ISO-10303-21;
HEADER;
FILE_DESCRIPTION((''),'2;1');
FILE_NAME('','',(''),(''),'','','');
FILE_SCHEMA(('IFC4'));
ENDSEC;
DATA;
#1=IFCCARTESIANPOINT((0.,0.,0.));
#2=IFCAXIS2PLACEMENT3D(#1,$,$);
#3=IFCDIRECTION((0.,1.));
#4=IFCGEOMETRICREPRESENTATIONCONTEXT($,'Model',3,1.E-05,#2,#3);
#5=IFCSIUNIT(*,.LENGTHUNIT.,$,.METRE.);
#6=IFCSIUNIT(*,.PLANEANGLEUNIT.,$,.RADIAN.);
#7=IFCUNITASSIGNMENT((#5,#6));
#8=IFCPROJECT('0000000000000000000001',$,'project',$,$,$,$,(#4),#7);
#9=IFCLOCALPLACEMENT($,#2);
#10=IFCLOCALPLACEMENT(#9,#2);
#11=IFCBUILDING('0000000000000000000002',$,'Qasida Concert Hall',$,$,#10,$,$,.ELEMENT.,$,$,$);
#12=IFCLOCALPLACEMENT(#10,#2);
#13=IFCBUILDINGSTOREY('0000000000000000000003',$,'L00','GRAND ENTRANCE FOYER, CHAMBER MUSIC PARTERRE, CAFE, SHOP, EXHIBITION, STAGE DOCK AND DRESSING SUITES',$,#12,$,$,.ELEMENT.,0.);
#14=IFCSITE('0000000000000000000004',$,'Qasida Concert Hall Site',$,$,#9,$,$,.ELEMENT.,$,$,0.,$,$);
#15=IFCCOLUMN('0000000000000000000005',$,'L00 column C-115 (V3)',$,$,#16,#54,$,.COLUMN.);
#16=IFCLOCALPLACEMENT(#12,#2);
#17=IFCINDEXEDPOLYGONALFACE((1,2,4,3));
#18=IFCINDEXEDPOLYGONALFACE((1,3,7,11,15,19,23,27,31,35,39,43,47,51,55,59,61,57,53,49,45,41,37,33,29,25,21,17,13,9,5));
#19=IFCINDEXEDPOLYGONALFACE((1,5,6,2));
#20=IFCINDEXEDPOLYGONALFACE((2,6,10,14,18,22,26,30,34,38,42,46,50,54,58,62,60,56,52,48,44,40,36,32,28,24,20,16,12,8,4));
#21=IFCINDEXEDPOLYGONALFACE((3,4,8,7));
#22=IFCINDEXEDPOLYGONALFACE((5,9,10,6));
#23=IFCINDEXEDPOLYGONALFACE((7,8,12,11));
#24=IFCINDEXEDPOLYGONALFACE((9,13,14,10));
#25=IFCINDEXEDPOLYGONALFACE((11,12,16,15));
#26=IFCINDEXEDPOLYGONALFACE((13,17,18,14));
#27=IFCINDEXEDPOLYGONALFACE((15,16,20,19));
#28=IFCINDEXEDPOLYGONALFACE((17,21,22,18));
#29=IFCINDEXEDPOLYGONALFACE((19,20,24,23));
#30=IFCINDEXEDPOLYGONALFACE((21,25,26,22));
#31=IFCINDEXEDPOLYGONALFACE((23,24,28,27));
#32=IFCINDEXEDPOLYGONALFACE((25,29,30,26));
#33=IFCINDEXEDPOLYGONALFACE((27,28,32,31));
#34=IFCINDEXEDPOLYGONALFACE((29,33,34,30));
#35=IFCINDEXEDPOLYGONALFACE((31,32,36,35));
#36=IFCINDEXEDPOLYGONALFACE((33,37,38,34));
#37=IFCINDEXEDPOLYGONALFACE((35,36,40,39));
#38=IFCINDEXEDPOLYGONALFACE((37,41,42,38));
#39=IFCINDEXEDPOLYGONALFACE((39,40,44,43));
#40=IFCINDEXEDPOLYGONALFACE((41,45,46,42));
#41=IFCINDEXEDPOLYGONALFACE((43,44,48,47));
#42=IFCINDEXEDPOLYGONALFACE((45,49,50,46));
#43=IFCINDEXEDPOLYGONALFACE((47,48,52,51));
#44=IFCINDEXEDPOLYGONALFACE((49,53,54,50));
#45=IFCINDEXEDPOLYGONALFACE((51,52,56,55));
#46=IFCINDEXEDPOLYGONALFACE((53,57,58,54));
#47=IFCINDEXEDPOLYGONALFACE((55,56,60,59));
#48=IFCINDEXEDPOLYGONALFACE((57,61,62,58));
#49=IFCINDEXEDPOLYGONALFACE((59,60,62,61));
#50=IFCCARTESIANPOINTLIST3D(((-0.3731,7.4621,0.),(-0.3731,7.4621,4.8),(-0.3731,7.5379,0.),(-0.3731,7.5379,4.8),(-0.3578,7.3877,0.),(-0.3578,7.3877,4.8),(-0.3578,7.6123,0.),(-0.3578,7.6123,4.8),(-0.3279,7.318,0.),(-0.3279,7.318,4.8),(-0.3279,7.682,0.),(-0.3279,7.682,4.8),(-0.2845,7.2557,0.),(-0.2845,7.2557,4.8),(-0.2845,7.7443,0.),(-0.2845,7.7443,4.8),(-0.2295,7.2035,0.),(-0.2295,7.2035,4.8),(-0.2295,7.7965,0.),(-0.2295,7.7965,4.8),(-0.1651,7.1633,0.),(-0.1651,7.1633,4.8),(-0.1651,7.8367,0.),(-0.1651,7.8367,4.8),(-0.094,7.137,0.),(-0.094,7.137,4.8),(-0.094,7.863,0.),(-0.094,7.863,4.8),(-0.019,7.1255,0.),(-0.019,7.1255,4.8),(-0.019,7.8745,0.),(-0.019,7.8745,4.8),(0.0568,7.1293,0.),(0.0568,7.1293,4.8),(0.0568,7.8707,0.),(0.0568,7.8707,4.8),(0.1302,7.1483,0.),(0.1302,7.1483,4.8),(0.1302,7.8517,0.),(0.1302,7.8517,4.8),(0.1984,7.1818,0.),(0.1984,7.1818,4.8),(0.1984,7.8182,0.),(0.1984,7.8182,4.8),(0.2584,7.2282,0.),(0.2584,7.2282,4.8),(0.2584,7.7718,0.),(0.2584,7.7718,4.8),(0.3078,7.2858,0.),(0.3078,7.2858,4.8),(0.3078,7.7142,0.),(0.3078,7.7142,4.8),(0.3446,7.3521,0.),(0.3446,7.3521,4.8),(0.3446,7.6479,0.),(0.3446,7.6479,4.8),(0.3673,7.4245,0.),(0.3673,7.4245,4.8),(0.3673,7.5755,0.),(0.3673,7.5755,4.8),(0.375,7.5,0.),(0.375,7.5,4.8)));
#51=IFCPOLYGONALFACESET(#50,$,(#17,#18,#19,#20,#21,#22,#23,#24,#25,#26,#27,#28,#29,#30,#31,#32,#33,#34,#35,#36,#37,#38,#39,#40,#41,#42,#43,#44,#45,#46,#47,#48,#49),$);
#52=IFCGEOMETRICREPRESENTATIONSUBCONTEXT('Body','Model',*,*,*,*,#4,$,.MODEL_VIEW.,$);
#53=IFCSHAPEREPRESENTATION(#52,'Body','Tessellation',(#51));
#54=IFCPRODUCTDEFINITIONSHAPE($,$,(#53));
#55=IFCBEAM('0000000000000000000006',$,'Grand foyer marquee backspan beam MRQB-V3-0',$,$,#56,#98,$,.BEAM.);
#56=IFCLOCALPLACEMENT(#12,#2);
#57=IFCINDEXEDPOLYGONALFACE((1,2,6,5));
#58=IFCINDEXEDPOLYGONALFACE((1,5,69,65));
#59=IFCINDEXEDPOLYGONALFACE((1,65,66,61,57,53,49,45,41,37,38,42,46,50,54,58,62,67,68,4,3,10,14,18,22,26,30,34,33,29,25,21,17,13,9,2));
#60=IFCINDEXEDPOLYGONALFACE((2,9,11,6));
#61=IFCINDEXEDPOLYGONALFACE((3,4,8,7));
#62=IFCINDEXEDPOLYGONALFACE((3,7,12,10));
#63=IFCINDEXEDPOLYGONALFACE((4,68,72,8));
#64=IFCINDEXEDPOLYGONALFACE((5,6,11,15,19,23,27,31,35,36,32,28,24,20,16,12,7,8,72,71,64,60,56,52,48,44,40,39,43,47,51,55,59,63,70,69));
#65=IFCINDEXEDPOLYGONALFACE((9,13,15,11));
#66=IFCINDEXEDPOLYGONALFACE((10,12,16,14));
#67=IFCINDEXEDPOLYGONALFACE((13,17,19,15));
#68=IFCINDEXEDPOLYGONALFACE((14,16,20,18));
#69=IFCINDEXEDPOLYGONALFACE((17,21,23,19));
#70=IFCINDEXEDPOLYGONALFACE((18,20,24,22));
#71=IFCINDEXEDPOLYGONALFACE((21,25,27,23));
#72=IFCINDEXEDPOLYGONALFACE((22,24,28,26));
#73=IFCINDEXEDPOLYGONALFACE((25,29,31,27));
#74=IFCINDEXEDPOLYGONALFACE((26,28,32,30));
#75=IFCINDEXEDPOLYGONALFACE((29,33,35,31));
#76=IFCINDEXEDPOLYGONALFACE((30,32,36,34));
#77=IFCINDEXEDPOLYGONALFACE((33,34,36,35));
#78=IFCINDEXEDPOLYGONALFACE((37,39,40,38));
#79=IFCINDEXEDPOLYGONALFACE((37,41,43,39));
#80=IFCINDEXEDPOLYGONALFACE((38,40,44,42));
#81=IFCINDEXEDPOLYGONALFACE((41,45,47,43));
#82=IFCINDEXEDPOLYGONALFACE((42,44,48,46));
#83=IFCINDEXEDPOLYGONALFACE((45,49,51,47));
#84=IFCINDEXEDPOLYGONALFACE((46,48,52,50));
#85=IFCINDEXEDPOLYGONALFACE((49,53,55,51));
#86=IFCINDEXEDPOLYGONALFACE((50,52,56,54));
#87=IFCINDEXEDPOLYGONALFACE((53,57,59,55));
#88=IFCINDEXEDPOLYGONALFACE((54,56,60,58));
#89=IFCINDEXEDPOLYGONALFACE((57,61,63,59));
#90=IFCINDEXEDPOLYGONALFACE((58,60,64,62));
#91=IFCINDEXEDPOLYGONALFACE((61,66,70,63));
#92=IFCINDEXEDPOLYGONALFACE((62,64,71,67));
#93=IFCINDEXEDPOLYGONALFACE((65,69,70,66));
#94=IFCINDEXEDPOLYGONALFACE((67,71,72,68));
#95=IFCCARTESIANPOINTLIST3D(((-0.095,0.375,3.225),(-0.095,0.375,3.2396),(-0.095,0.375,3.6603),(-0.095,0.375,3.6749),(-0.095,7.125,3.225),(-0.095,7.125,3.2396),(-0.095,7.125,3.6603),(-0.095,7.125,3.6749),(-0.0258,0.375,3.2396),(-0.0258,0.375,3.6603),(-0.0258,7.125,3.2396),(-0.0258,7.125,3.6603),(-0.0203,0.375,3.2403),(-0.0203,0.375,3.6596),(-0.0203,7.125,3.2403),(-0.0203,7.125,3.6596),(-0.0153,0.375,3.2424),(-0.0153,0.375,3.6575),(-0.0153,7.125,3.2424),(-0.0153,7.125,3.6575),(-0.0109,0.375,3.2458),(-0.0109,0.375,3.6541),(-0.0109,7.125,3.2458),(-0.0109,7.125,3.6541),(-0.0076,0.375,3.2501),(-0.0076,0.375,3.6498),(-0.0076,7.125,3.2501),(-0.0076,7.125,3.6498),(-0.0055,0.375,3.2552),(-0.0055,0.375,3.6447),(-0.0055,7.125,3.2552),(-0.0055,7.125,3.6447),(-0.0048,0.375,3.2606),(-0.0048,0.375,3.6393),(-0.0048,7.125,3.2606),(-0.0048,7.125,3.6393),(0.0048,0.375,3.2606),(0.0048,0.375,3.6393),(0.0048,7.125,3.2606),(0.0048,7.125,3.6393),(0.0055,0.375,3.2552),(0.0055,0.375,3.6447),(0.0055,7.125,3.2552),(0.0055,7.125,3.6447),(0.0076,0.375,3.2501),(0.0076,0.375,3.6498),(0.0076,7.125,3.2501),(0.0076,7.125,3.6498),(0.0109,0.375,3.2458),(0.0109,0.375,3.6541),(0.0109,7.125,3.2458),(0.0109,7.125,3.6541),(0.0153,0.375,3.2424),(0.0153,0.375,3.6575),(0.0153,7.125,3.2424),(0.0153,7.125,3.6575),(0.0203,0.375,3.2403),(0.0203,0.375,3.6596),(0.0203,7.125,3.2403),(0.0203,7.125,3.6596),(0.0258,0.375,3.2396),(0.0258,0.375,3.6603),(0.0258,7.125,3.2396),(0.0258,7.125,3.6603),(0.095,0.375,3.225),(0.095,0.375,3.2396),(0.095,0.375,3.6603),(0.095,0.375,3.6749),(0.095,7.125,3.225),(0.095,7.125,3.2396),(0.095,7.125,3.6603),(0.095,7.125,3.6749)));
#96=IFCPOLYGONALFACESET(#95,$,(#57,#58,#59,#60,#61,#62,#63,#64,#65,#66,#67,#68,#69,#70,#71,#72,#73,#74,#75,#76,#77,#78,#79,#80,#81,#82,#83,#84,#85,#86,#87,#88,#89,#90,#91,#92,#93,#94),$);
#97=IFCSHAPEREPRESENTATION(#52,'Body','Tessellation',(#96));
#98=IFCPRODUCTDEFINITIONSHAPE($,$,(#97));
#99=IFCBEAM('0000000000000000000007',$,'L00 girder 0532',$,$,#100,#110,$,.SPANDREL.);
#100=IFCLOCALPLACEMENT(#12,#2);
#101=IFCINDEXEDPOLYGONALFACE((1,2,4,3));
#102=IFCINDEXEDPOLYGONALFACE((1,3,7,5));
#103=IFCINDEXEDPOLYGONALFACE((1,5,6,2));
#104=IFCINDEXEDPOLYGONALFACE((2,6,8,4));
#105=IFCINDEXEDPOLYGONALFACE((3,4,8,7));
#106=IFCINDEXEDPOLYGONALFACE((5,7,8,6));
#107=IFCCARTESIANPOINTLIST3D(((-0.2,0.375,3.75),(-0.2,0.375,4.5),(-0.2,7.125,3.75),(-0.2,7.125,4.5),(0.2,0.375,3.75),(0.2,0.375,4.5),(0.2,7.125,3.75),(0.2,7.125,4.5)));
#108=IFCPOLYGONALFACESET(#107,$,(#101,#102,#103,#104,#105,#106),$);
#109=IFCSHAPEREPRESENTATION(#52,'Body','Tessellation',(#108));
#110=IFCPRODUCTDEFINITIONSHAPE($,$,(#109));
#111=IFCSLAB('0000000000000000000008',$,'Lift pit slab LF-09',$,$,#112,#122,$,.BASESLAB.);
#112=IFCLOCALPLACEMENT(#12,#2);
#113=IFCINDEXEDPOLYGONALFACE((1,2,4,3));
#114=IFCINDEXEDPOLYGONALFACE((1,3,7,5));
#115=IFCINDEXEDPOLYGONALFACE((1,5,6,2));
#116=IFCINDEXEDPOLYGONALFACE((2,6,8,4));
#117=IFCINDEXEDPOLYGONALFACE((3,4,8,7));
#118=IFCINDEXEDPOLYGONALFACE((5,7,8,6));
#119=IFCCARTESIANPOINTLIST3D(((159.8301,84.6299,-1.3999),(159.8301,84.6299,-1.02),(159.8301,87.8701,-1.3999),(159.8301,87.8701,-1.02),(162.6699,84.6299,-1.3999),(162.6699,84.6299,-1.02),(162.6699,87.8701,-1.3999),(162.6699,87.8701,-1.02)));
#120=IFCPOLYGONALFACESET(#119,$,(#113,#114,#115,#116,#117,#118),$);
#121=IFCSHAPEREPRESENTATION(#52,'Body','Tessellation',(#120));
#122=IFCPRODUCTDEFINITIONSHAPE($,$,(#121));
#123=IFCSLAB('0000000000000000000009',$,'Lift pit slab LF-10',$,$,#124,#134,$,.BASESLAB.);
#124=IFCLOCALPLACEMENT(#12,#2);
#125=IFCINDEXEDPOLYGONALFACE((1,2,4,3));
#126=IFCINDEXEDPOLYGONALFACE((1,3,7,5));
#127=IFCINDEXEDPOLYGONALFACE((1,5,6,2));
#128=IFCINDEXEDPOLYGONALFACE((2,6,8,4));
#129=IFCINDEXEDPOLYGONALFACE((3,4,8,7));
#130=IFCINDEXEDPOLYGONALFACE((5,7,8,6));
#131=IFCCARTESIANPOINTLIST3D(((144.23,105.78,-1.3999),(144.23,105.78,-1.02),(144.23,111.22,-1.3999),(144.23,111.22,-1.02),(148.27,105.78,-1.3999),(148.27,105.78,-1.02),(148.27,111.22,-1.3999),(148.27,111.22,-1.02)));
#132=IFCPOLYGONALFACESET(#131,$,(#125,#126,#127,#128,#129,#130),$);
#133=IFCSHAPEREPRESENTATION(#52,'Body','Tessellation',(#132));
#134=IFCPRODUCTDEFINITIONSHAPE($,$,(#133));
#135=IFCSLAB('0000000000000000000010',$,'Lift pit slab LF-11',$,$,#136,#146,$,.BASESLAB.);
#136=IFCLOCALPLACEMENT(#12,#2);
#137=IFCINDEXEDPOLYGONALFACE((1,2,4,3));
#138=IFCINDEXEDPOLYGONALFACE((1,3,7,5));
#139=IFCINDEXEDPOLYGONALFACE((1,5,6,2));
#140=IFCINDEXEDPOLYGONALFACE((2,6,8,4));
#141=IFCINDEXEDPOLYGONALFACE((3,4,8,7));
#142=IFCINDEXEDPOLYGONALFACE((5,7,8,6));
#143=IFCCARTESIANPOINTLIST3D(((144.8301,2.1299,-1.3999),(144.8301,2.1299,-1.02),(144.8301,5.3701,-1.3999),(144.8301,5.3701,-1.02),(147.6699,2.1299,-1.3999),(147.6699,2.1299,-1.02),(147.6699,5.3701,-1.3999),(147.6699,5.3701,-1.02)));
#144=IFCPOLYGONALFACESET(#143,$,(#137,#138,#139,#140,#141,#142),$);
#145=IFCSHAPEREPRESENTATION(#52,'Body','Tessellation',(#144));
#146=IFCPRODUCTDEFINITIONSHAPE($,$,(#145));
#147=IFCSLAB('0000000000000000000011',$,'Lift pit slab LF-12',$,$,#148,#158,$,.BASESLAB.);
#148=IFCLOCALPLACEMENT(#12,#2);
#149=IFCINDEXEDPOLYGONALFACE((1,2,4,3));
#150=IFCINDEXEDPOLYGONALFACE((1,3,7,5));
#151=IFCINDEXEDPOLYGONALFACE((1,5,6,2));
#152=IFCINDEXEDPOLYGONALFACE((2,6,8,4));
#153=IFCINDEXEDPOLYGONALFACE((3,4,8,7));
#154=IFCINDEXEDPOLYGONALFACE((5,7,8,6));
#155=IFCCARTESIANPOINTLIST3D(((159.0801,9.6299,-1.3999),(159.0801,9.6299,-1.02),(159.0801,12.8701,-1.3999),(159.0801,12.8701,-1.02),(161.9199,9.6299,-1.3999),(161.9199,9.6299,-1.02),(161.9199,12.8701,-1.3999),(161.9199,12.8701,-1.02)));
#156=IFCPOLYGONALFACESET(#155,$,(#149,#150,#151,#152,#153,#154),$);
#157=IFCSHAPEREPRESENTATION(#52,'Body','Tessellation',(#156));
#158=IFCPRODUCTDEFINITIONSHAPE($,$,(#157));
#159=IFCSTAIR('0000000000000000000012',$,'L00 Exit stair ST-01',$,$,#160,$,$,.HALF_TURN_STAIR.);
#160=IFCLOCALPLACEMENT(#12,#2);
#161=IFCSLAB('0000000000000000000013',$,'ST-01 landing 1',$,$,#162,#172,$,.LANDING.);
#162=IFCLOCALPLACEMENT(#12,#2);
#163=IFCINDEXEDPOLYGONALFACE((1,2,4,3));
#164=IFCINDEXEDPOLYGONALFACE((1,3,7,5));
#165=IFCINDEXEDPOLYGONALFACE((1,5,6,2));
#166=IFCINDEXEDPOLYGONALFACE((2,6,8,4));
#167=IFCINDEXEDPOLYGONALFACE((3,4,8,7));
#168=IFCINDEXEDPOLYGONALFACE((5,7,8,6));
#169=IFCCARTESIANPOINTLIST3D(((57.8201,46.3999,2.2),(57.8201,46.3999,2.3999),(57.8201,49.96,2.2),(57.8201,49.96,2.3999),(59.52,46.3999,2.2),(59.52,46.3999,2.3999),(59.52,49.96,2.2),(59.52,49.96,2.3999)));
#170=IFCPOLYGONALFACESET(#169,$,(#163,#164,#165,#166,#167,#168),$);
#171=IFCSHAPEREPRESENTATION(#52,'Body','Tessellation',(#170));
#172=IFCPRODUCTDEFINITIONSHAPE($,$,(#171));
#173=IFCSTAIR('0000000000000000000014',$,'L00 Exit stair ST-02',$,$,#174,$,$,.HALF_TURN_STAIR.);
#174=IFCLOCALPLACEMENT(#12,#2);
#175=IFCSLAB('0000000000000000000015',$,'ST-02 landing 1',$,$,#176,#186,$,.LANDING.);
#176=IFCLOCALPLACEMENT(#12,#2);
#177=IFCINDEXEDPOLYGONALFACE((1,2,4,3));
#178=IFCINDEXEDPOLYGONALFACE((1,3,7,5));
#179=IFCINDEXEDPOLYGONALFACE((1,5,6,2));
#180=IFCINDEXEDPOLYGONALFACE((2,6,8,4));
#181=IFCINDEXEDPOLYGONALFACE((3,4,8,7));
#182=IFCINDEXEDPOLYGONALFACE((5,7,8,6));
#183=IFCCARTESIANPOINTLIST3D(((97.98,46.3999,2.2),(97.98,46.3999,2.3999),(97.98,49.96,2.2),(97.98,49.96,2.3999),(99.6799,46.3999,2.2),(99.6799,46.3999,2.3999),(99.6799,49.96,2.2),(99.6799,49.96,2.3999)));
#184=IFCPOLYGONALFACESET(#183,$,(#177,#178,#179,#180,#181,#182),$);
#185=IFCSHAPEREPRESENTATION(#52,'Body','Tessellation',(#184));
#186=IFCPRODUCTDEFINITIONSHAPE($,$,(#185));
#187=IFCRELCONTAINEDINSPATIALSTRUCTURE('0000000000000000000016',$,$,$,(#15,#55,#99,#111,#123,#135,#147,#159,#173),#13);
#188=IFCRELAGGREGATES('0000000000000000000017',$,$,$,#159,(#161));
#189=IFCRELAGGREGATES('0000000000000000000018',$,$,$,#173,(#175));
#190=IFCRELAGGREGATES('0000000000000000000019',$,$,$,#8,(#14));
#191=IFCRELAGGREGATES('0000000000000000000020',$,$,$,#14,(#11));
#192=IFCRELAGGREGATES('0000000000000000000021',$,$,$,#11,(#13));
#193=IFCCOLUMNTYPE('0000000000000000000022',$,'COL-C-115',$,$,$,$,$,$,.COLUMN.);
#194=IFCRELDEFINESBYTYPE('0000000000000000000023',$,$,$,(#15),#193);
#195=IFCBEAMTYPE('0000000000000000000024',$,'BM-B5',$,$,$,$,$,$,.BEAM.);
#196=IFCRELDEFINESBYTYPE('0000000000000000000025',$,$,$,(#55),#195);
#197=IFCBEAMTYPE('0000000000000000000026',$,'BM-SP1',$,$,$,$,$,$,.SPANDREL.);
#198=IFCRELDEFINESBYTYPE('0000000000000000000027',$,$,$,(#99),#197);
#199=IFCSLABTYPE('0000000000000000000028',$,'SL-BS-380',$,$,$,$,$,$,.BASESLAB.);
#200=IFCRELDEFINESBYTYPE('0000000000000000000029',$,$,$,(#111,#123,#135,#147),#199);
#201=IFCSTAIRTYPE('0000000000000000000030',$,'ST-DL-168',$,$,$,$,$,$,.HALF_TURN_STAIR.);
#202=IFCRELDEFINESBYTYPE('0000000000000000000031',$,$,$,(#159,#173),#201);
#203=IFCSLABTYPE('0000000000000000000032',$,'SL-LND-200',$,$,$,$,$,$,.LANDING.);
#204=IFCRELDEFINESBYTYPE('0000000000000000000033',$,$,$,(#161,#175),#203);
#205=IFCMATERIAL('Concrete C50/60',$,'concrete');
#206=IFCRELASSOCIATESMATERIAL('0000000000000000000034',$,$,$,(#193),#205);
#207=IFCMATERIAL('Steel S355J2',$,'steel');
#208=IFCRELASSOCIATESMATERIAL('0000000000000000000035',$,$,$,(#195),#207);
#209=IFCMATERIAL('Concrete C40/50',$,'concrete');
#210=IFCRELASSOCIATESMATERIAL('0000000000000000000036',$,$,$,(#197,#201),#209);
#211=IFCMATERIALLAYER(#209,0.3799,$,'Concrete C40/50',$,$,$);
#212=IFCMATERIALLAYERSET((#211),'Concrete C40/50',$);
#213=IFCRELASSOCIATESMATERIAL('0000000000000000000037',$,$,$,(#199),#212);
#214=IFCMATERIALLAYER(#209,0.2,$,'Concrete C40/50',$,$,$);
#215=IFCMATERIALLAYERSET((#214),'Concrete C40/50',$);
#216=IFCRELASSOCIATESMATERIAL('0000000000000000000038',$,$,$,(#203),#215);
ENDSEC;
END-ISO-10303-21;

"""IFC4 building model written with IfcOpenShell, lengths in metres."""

from ifc_helpers import new_model, si_unit, direction, frame, origin, origin_2d, place, context, subcontext, project, spatial, polyline, rectangle, circle, i_section, outline, extrude, material, layer, layer_set, material_profile, profile_set, type_object, element, aggregate, save


model = new_model("IFC4")

# Units and contexts
model_context = context("Model", 3, precision=1e-05, world=origin(), true_north=direction((0.0, 1.0)))
body_context = subcontext(model_context, "Body", "Model", "MODEL_VIEW")
ifc_project = project(units=[si_unit("LENGTHUNIT", "METRE"), si_unit("PLANEANGLEUNIT", "RADIAN")], contexts=[model_context])

# Site, building, storey
site_placement = place(None, origin())
site = spatial("IfcSite", under=ifc_project, at=site_placement, Name="Qasida Concert Hall Site", CompositionType="ELEMENT", RefElevation=0.0)
building_placement = place(site_placement, origin())
building = spatial("IfcBuilding", under=site, at=building_placement, Name="Qasida Concert Hall", CompositionType="ELEMENT")
storey_placement = place(building_placement, origin())
storey = spatial("IfcBuildingStorey", under=building, at=storey_placement, Name="L00", Description="GRAND ENTRANCE FOYER, CHAMBER MUSIC PARTERRE, CAFE, SHOP, EXHIBITION, STAGE DOCK AND DRESSING SUITES", CompositionType="ELEMENT", Elevation=0.0)

# Column
ifc_material_1 = material(Name="Concrete C50/60", Category="concrete")
ifc_material_profile_1 = material_profile(ifc_material_1, circle(Radius=0.375, at=origin_2d()), Name="RC COL D750")
ifc_profile_set_1 = profile_set([ifc_material_profile_1], Name="Concrete C50/60")
column_type = type_object("IfcColumnType", Name="COL-C-115", PredefinedType="COLUMN", material=ifc_profile_set_1)
column_placement = place(storey_placement, frame((0.0, 7.5, 0.0), z_axis=(0.0, 0.0, 1.0), x_axis=(1.0, 0.0, 0.0)))
element("IfcColumn", 1, at=column_placement, inside=storey, type_object=column_type, Name="L00 column C-115 (V3)", PredefinedType="COLUMN", context=body_context, shape_type="SweptSolid", body=[
    extrude(circle(Radius=0.375, at=origin_2d()), origin(), (0.0, 0.0, 1.0), 4.8),
])

# Beams
ifc_material_2 = material(Name="Steel S355J2", Category="steel")
ifc_material_profile_2 = material_profile(ifc_material_2, i_section(OverallWidth=0.1899, OverallDepth=0.45, WebThickness=0.0095, FlangeThickness=0.0146, FilletRadius=0.021, at=origin_2d()), Name="IPE 450")
ifc_profile_set_2 = profile_set([ifc_material_profile_2], Name="Steel S355J2")
beam_type_1 = type_object("IfcBeamType", Name="BM-B5", PredefinedType="BEAM", material=ifc_profile_set_2)
beam_1_placement = place(storey_placement, frame((0.0, 0.375, 3.45), z_axis=(0.0, 1.0, 0.0), x_axis=(-1.0, 0.0, 0.0)))
element("IfcBeam", 2, at=beam_1_placement, inside=storey, type_object=beam_type_1, Name="Grand foyer marquee backspan beam MRQB-V3-0", PredefinedType="BEAM", context=body_context, shape_type="SweptSolid", body=[
    extrude(i_section(OverallWidth=0.1899, OverallDepth=0.45, WebThickness=0.0095, FlangeThickness=0.0146, FilletRadius=0.021, at=origin_2d()), origin(), (0.0, 0.0, 1.0), 6.75),
])
ifc_material_3 = material(Name="Concrete C40/50", Category="concrete")
ifc_material_profile_3 = material_profile(ifc_material_3, rectangle(XDim=0.3999, YDim=0.75, at=origin_2d()), Name="RC 400x750")
ifc_profile_set_3 = profile_set([ifc_material_profile_3], Name="Concrete C40/50")
beam_type_2 = type_object("IfcBeamType", Name="BM-SP1", PredefinedType="SPANDREL", material=ifc_profile_set_3)
beam_2_placement = place(storey_placement, frame((0.0, 0.375, 4.125), z_axis=(0.0, 1.0, 0.0), x_axis=(-1.0, 0.0, 0.0)))
element("IfcBeam", 3, at=beam_2_placement, inside=storey, type_object=beam_type_2, Name="L00 girder 0532", PredefinedType="SPANDREL", context=body_context, shape_type="SweptSolid", body=[
    extrude(rectangle(XDim=0.3999, YDim=0.75, at=origin_2d()), origin(), (0.0, 0.0, 1.0), 6.75),
])

# Slabs
ifc_layer_1 = layer(ifc_material_3, 0.3799, Name="Concrete C40/50")
ifc_layer_set_1 = layer_set([ifc_layer_1], Name="Concrete C40/50")
slab_type_1 = type_object("IfcSlabType", Name="SL-BS-380", PredefinedType="BASESLAB", material=ifc_layer_set_1)
slab_1_placement = place(storey_placement, frame((0.0, 0.0, -1.3999)))
element("IfcSlab", 4, at=slab_1_placement, inside=storey, type_object=slab_type_1, Name="Lift pit slab LF-09", PredefinedType="BASESLAB", context=body_context, shape_type="SweptSolid", body=[
    extrude(outline(polyline([(159.8301, 84.6299), (162.6699, 84.6299), (162.6699, 87.8701), (159.8301, 87.8701), (159.8301, 84.6299)])), origin(), (0.0, 0.0, 1.0), 0.3799),
])
slab_2_placement = place(storey_placement, frame((0.0, 0.0, -1.3999)))
element("IfcSlab", 5, at=slab_2_placement, inside=storey, type_object=slab_type_1, Name="Lift pit slab LF-10", PredefinedType="BASESLAB", context=body_context, shape_type="SweptSolid", body=[
    extrude(outline(polyline([(144.23, 105.78), (148.27, 105.78), (148.27, 111.22), (144.23, 111.22), (144.23, 105.78)])), origin(), (0.0, 0.0, 1.0), 0.3799),
])
slab_3_placement = place(storey_placement, frame((0.0, 0.0, -1.3999)))
element("IfcSlab", 6, at=slab_3_placement, inside=storey, type_object=slab_type_1, Name="Lift pit slab LF-11", PredefinedType="BASESLAB", context=body_context, shape_type="SweptSolid", body=[
    extrude(outline(polyline([(144.8301, 2.1299), (147.6699, 2.1299), (147.6699, 5.3701), (144.8301, 5.3701), (144.8301, 2.1299)])), origin(), (0.0, 0.0, 1.0), 0.3799),
])
slab_4_placement = place(storey_placement, frame((0.0, 0.0, -1.3999)))
element("IfcSlab", 7, at=slab_4_placement, inside=storey, type_object=slab_type_1, Name="Lift pit slab LF-12", PredefinedType="BASESLAB", context=body_context, shape_type="SweptSolid", body=[
    extrude(outline(polyline([(159.0801, 9.6299), (161.9199, 9.6299), (161.9199, 12.8701), (159.0801, 12.8701), (159.0801, 9.6299)])), origin(), (0.0, 0.0, 1.0), 0.3799),
])

# Stairs, slabs
stair_type_1 = type_object("IfcStairType", Name="ST-DL-168", PredefinedType="HALF_TURN_STAIR", material=ifc_material_3)
stair_1_placement = place(storey_placement, origin())
stair_1 = element("IfcStair", 8, at=stair_1_placement, inside=storey, type_object=stair_type_1, Name="L00 Exit stair ST-01", PredefinedType="HALF_TURN_STAIR")
ifc_layer_2 = layer(ifc_material_3, 0.2, Name="Concrete C40/50")
ifc_layer_set_2 = layer_set([ifc_layer_2], Name="Concrete C40/50")
slab_type_2 = type_object("IfcSlabType", Name="SL-LND-200", PredefinedType="LANDING", material=ifc_layer_set_2)
slab_5_placement = place(storey_placement, frame((0.0, 0.0, 2.2)))
slab_5 = element("IfcSlab", 9, at=slab_5_placement, type_object=slab_type_2, Name="ST-01 landing 1", PredefinedType="LANDING", context=body_context, shape_type="SweptSolid", body=[
    extrude(outline(polyline([(57.8201, 46.3999), (59.52, 46.3999), (59.52, 49.96), (57.8201, 49.96), (57.8201, 46.3999)])), origin(), (0.0, 0.0, 1.0), 0.2),
])
aggregate(stair_1, [slab_5])
stair_2_placement = place(storey_placement, origin())
stair_2 = element("IfcStair", 10, at=stair_2_placement, inside=storey, type_object=stair_type_1, Name="L00 Exit stair ST-02", PredefinedType="HALF_TURN_STAIR")
slab_6_placement = place(storey_placement, frame((0.0, 0.0, 2.2)))
slab_6 = element("IfcSlab", 11, at=slab_6_placement, type_object=slab_type_2, Name="ST-02 landing 1", PredefinedType="LANDING", context=body_context, shape_type="SweptSolid", body=[
    extrude(outline(polyline([(99.6799, 49.96), (97.98, 49.96), (97.98, 46.3999), (99.6799, 46.3999), (99.6799, 49.96)])), origin(), (0.0, 0.0, 1.0), 0.2),
])
aggregate(stair_2, [slab_6])

save(model, "model.ifc")
